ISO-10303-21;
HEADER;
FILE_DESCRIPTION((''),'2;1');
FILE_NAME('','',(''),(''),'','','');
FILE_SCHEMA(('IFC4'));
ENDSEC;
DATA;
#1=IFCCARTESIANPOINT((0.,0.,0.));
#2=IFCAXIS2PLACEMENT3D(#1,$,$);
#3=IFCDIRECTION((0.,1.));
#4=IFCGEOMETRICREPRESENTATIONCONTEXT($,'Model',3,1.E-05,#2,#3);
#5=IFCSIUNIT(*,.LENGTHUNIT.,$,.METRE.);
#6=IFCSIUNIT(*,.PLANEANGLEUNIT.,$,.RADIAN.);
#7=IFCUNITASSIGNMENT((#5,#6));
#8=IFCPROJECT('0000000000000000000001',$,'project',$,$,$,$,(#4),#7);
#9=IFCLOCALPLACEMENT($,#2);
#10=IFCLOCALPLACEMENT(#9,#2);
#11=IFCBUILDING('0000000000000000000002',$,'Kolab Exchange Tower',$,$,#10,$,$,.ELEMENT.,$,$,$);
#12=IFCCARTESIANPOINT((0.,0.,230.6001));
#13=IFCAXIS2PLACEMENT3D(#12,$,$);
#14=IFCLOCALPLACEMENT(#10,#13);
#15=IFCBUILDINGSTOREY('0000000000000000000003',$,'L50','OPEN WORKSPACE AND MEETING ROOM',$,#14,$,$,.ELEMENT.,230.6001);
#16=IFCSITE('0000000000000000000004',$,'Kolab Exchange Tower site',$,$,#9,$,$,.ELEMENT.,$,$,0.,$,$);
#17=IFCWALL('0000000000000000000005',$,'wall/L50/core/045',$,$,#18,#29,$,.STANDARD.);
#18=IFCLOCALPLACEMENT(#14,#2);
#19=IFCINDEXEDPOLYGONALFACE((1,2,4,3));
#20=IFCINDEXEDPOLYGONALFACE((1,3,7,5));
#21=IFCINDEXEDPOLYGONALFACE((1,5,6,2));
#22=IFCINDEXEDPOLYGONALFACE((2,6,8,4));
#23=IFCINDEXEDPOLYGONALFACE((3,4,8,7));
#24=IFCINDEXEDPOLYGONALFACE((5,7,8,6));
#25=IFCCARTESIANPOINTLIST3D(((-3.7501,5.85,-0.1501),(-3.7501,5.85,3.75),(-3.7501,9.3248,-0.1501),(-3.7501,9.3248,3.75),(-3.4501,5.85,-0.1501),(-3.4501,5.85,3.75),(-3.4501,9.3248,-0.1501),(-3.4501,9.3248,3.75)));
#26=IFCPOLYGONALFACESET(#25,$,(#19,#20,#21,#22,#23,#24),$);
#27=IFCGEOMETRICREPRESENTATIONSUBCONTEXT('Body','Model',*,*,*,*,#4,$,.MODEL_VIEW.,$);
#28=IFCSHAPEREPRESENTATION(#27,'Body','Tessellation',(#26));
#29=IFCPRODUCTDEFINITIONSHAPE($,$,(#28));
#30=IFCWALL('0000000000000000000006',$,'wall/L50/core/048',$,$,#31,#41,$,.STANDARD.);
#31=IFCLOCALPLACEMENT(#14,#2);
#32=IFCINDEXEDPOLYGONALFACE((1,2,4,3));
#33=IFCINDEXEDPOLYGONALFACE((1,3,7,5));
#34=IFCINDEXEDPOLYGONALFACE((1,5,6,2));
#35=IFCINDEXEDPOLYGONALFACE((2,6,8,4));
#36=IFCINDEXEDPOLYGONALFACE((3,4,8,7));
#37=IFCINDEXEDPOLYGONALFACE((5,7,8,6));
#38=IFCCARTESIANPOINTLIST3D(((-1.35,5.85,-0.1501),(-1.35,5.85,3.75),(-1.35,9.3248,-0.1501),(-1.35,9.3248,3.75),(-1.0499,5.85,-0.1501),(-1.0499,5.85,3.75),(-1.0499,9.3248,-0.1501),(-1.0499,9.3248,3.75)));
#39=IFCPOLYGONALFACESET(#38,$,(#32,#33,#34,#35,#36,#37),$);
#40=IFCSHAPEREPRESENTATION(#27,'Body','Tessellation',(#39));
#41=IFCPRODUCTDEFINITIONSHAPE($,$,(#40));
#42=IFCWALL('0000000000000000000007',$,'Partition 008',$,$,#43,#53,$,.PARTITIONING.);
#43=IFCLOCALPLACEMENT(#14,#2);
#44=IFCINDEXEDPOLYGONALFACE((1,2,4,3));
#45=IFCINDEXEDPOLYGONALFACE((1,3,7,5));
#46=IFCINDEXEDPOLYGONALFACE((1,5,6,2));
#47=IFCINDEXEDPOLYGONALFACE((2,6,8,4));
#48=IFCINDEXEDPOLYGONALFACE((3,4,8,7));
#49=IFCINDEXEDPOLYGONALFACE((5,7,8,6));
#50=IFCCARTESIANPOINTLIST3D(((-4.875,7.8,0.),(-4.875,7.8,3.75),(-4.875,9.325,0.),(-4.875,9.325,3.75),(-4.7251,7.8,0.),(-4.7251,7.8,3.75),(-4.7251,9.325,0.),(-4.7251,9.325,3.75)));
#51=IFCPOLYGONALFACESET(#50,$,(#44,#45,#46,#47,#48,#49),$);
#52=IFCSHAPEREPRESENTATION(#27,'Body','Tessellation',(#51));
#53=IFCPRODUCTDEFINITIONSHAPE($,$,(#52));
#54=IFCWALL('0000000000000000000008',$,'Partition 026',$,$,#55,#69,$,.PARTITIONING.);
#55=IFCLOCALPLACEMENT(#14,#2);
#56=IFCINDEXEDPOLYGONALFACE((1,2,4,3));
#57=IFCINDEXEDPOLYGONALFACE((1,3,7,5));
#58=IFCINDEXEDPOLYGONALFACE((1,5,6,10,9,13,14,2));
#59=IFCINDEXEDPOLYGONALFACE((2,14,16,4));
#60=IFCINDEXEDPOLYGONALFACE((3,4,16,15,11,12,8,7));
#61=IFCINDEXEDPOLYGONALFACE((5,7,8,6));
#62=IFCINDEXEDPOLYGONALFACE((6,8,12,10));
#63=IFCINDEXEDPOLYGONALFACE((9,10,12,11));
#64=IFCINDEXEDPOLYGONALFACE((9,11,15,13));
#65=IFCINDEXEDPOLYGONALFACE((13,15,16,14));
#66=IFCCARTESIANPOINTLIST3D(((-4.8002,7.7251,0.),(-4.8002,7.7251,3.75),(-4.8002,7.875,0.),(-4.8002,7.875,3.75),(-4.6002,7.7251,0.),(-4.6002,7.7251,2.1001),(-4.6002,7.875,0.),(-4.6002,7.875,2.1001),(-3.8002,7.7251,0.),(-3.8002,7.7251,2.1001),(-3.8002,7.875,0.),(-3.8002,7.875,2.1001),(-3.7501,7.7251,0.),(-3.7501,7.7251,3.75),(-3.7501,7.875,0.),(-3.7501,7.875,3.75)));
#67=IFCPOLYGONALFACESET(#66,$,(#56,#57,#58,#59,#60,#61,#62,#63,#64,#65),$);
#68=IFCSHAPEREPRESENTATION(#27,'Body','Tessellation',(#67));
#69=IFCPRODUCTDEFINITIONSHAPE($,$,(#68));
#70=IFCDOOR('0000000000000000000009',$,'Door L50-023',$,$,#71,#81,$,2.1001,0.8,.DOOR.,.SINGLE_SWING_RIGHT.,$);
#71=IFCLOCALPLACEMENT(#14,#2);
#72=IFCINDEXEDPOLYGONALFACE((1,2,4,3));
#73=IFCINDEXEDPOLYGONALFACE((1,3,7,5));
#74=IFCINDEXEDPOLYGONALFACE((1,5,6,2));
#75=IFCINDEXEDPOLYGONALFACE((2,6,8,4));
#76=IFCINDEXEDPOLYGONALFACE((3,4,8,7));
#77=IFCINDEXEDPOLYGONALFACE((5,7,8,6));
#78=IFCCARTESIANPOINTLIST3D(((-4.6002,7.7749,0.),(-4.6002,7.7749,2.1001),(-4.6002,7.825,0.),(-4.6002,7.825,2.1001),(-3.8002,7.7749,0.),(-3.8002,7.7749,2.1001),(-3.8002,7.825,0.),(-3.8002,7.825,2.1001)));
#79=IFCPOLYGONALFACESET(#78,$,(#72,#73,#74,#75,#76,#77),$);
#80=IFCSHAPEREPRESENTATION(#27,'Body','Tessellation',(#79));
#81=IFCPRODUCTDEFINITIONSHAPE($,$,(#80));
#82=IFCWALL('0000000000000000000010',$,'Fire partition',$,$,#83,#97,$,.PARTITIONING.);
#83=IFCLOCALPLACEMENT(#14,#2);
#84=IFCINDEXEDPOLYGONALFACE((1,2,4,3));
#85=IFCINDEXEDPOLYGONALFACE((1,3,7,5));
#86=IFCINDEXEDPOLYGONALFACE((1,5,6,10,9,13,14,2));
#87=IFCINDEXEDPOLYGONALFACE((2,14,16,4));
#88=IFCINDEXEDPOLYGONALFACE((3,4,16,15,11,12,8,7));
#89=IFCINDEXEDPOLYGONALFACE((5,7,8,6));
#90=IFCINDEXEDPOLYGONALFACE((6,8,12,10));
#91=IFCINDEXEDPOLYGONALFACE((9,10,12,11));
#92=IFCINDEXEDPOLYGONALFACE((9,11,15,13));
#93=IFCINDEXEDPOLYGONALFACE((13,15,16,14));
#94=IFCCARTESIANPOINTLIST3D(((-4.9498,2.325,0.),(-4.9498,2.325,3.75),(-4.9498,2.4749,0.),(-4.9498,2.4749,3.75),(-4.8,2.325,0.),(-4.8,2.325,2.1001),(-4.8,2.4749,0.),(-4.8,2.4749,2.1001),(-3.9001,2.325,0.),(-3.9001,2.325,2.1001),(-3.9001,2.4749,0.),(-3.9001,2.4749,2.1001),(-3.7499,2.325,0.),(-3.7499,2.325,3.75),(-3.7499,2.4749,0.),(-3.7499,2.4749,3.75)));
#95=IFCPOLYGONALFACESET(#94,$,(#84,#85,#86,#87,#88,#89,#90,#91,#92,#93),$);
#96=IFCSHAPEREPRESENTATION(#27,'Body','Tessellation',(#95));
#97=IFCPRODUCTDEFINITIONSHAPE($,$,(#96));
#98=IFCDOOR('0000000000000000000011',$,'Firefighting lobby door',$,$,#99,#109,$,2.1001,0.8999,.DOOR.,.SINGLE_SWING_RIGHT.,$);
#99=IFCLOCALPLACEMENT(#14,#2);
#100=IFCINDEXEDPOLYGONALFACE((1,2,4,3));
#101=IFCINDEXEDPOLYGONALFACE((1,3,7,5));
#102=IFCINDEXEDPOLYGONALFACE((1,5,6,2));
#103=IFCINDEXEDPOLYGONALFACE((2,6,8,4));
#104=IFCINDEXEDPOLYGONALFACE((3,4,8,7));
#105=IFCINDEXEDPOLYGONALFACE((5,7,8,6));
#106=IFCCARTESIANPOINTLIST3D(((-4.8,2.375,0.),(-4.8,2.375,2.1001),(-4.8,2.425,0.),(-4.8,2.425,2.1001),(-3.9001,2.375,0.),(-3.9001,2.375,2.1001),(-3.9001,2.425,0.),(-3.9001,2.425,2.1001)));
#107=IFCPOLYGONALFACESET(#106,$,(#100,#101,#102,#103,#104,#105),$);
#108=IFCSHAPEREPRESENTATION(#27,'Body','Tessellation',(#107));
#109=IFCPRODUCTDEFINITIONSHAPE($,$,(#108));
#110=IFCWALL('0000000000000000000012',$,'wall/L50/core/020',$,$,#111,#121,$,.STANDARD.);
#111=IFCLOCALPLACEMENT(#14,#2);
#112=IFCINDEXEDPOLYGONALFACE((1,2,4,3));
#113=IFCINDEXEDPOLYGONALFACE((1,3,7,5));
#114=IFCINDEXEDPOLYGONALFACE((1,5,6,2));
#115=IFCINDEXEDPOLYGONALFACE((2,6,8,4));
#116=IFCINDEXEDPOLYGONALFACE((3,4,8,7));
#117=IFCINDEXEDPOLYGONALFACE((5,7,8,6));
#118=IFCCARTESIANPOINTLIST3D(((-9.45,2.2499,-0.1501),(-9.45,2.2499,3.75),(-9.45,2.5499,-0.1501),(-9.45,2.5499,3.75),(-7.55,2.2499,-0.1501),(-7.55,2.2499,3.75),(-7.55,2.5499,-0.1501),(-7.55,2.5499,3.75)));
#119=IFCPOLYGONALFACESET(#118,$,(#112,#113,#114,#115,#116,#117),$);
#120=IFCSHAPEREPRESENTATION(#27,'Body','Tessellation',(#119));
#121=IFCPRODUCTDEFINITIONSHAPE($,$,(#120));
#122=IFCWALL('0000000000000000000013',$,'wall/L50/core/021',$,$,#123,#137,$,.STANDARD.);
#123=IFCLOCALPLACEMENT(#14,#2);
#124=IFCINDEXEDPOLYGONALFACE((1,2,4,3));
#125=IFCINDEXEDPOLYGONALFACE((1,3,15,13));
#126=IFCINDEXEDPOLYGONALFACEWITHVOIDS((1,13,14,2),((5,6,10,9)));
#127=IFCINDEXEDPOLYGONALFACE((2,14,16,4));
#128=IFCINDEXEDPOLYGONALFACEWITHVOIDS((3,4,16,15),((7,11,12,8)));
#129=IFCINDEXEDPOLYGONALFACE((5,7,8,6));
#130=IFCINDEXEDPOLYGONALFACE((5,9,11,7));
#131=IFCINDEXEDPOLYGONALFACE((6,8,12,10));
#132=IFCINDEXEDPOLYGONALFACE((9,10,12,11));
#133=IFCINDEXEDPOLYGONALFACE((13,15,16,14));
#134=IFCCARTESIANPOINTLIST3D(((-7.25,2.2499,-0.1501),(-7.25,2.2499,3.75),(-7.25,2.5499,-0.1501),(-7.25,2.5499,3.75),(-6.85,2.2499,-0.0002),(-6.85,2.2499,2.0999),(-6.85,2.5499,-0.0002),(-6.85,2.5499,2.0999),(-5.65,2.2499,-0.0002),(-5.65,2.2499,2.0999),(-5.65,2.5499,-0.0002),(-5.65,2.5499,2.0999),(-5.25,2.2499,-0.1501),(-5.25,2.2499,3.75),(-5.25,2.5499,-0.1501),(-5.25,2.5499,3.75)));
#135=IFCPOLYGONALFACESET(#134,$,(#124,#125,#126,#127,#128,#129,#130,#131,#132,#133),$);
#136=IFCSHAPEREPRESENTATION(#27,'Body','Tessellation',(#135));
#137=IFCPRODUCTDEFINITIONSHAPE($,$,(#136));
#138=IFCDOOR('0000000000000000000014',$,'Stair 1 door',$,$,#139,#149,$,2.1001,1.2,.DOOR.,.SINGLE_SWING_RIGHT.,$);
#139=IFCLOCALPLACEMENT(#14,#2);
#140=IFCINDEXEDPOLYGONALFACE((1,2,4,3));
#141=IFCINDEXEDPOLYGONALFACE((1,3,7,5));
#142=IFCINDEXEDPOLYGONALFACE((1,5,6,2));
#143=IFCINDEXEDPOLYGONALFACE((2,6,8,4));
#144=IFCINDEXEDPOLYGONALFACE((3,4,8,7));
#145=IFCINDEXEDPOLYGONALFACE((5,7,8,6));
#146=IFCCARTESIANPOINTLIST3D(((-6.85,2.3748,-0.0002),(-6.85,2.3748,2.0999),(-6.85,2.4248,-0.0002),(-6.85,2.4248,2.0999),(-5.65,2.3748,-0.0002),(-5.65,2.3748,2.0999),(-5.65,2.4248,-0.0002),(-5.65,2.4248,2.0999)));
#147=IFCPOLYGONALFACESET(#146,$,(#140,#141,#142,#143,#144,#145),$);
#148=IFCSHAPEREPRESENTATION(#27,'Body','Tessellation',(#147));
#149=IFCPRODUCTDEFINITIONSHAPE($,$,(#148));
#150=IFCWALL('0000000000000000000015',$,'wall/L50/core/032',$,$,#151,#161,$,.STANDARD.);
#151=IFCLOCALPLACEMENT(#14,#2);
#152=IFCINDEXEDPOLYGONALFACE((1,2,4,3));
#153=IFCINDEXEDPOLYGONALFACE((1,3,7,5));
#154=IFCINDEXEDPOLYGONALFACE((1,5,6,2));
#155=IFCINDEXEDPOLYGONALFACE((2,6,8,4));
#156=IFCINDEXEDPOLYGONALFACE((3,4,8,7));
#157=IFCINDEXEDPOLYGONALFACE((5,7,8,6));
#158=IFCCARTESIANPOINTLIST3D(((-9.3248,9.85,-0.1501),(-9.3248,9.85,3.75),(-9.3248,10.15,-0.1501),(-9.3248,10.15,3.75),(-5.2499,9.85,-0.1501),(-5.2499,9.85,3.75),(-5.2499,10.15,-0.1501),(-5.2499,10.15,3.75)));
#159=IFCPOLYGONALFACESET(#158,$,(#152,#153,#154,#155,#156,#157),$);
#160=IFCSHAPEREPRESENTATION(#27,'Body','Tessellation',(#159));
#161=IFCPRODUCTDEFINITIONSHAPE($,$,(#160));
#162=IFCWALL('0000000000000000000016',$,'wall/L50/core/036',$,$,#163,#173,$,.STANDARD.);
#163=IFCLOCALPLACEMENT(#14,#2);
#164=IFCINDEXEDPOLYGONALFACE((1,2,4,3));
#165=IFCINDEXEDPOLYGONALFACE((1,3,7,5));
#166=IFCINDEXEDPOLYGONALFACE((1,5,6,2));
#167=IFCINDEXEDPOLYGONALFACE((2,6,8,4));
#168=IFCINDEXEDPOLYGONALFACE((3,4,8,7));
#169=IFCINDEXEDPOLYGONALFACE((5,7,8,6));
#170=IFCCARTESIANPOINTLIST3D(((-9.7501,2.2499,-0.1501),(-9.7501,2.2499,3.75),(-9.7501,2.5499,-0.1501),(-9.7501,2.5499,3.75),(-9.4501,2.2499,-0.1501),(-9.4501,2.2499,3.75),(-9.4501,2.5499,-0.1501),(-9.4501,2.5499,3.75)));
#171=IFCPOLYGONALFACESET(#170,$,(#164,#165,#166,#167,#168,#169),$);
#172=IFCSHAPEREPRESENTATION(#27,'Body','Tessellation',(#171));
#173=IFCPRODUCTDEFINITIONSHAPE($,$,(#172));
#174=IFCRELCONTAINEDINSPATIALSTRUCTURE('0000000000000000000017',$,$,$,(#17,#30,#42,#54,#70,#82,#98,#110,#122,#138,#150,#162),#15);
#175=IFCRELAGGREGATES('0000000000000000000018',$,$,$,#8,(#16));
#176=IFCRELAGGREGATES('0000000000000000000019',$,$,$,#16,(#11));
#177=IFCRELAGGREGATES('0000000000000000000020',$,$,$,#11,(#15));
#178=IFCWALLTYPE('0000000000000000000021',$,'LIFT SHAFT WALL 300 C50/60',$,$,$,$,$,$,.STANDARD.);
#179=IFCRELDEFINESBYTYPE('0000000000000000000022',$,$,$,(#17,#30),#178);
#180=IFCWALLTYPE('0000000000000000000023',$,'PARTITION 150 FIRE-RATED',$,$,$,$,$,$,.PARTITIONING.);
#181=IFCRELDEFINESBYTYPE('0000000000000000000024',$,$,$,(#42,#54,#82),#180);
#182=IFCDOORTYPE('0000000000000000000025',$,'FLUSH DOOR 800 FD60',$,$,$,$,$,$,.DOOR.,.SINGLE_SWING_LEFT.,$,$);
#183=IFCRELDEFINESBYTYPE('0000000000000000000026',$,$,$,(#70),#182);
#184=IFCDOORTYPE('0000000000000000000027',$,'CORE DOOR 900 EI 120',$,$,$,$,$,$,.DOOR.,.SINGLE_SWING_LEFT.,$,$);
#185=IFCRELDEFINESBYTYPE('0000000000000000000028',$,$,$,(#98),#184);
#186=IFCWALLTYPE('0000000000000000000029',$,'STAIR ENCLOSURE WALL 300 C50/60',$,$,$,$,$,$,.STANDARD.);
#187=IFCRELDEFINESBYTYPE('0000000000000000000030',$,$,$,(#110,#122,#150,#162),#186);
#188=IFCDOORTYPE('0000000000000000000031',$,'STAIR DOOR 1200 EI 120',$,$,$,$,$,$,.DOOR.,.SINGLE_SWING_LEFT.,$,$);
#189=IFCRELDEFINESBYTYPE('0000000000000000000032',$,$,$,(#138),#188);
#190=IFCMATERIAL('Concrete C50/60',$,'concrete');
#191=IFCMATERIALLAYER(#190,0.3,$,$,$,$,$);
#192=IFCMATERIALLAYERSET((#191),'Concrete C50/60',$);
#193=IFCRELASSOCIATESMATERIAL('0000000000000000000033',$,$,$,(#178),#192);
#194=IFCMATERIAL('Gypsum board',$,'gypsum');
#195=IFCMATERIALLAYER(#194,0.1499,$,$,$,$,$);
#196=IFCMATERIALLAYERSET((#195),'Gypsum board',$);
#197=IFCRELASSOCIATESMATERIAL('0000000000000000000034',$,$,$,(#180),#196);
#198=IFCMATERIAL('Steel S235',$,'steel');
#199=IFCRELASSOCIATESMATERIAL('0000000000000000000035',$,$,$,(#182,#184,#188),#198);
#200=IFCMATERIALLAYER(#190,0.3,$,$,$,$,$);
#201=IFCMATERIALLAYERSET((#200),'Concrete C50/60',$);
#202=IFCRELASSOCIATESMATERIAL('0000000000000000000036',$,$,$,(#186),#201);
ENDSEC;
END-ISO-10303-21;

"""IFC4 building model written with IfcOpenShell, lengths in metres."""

from ifc_helpers import new_model, si_unit, direction, frame, frame_2d, origin, place, context, subcontext, project, spatial, rectangle, extrude, material, layer, layer_set, type_object, element, fill, save


model = new_model("IFC4")

# Units and contexts
model_context = context("Model", 3, precision=1e-05, world=origin(), true_north=direction((0.0, 1.0)))
body_context = subcontext(model_context, "Body", "Model", "MODEL_VIEW")
ifc_project = project(units=[si_unit("LENGTHUNIT", "METRE"), si_unit("PLANEANGLEUNIT", "RADIAN")], contexts=[model_context])

# Site, building, storey
site_placement = place(None, origin())
site = spatial("IfcSite", under=ifc_project, at=site_placement, Name="Kolab Exchange Tower site", CompositionType="ELEMENT", RefElevation=0.0)
building_placement = place(site_placement, origin())
building = spatial("IfcBuilding", under=site, at=building_placement, Name="Kolab Exchange Tower", CompositionType="ELEMENT")
storey_placement = place(building_placement, frame((0.0, 0.0, 230.6001)))
storey = spatial("IfcBuildingStorey", under=building, at=storey_placement, Name="L50", Description="OPEN WORKSPACE AND MEETING ROOM", CompositionType="ELEMENT", Elevation=230.6001)

# Shared definitions
ifc_material_1 = material(Name="Concrete C50/60", Category="concrete")
ifc_material_2 = material(Name="Steel S235", Category="steel")

# Shared definitions
ifc_layer_1 = layer(ifc_material_1, 0.3)
ifc_layer_set_1 = layer_set([ifc_layer_1], Name="Concrete C50/60")
wall_type_1 = type_object("IfcWallType", Name="LIFT SHAFT WALL 300 C50/60", PredefinedType="STANDARD", material=ifc_layer_set_1)

# Walls
for number, where, z_axis, x_axis, name in (
    (1, (-3.6001, 5.8501, -0.1501), (0.0, 0.0, 1.0), (0.0, 1.0, 0.0), "wall/L50/core/045"),
    (2, (-1.2, 5.8501, -0.1501), (0.0, 0.0, 1.0), (0.0, 1.0, 0.0), "wall/L50/core/048"),
):
    element("IfcWall", number, at=place(storey_placement, frame(where, z_axis=z_axis, x_axis=x_axis)), inside=storey, type_object=wall_type_1, Name=name, PredefinedType="STANDARD", context=body_context, shape_type="SweptSolid", body=[
        extrude(rectangle(XDim=3.4749, YDim=0.3, at=frame_2d((1.7373, 0.0))), origin(), (0.0, 0.0, 1.0), 3.9001),
    ])
ifc_material_3 = material(Name="Gypsum board", Category="gypsum")
ifc_layer_2 = layer(ifc_material_3, 0.1499)
ifc_layer_set_2 = layer_set([ifc_layer_2], Name="Gypsum board")
wall_type_2 = type_object("IfcWallType", Name="PARTITION 150 FIRE-RATED", PredefinedType="PARTITIONING", material=ifc_layer_set_2)
wall_1_placement = place(storey_placement, frame((-4.8, 7.8, 0.0), z_axis=(0.0, 0.0, 1.0), x_axis=(0.0, 1.0, 0.0)))
element("IfcWall", 3, at=wall_1_placement, inside=storey, type_object=wall_type_2, Name="Partition 008", PredefinedType="PARTITIONING", context=body_context, shape_type="SweptSolid", body=[
    extrude(rectangle(XDim=1.5249, YDim=0.1499, at=frame_2d((0.7625, 0.0))), origin(), (0.0, 0.0, 1.0), 3.75),
])

# Walls, openings, doors
wall_2_placement = place(storey_placement, frame((-4.8, 7.8, 0.0), z_axis=(0.0, 0.0, 1.0), x_axis=(1.0, 0.0, 0.0)))
wall_2 = element("IfcWall", 4, at=wall_2_placement, inside=storey, type_object=wall_type_2, Name="Partition 026", PredefinedType="PARTITIONING", context=body_context, shape_type="SweptSolid", body=[
    extrude(rectangle(XDim=1.05, YDim=0.1499, at=frame_2d((0.5249, 0.0))), origin(), (0.0, 0.0, 1.0), 3.75),
])
opening_1_placement = place(wall_2_placement, frame((0.2, 0.0, 0.0)))
opening_1 = element("IfcOpeningElement", 5, at=opening_1_placement, cuts=wall_2, PredefinedType="OPENING", context=body_context, shape_type="SweptSolid", body=[
    extrude(rectangle(XDim=0.8, YDim=2.1001, at=frame_2d((0.3999, 1.05))), frame((0.0, 0.085, 0.0), z_axis=(0.0, -1.0, 0.0), x_axis=(1.0, 0.0, 0.0)), (0.0, 0.0, 1.0), 0.1699),
])
door_type_1 = type_object("IfcDoorType", Name="FLUSH DOOR 800 FD60", OperationType="SINGLE_SWING_LEFT", PredefinedType="DOOR", material=ifc_material_2)
door_1_placement = place(opening_1_placement, origin())
door_1 = element("IfcDoor", 6, at=door_1_placement, inside=storey, type_object=door_type_1, Name="Door L50-023", OperationType="SINGLE_SWING_RIGHT", OverallHeight=2.1001, OverallWidth=0.8, PredefinedType="DOOR", context=body_context, shape_type="SweptSolid", body=[
    extrude(rectangle(XDim=0.8, YDim=2.1001, at=frame_2d((0.3999, 1.05))), frame((0.0, 0.0249, 0.0), z_axis=(0.0, -1.0, 0.0), x_axis=(1.0, 0.0, 0.0)), (0.0, 0.0, 1.0), 0.05),
])
fill(opening_1, door_1)
wall_3_placement = place(storey_placement, frame((-4.95, 2.3999, 0.0), z_axis=(0.0, 0.0, 1.0), x_axis=(1.0, 0.0, 0.0)))
wall_3 = element("IfcWall", 7, at=wall_3_placement, inside=storey, type_object=wall_type_2, Name="Fire partition", PredefinedType="PARTITIONING", context=body_context, shape_type="SweptSolid", body=[
    extrude(rectangle(XDim=1.2, YDim=0.1499, at=frame_2d((0.6001, 0.0))), origin(), (0.0, 0.0, 1.0), 3.75),
])
opening_2_placement = place(wall_3_placement, frame((0.1499, 0.0, 0.0)))
opening_2 = element("IfcOpeningElement", 8, at=opening_2_placement, cuts=wall_3, PredefinedType="OPENING", context=body_context, shape_type="SweptSolid", body=[
    extrude(rectangle(XDim=0.8999, YDim=2.1001, at=frame_2d((0.45, 1.05))), frame((0.0, 0.085, 0.0), z_axis=(0.0, -1.0, 0.0), x_axis=(1.0, 0.0, 0.0)), (0.0, 0.0, 1.0), 0.1699),
])
door_type_2 = type_object("IfcDoorType", Name="CORE DOOR 900 EI 120", OperationType="SINGLE_SWING_LEFT", PredefinedType="DOOR", material=ifc_material_2)
door_2_placement = place(opening_2_placement, frame((0.8999, 0.0, 0.0), z_axis=(0.0, 0.0, 1.0), x_axis=(-1.0, 0.0, 0.0)))
door_2 = element("IfcDoor", 9, at=door_2_placement, inside=storey, type_object=door_type_2, Name="Firefighting lobby door", OperationType="SINGLE_SWING_RIGHT", OverallHeight=2.1001, OverallWidth=0.8999, PredefinedType="DOOR", context=body_context, shape_type="SweptSolid", body=[
    extrude(rectangle(XDim=0.8999, YDim=2.1001, at=frame_2d((0.45, 1.05))), frame((0.0, 0.0249, 0.0), z_axis=(0.0, -1.0, 0.0), x_axis=(1.0, 0.0, 0.0)), (0.0, 0.0, 1.0), 0.05),
])
fill(opening_2, door_2)

# Wall
ifc_layer_3 = layer(ifc_material_1, 0.3)
ifc_layer_set_3 = layer_set([ifc_layer_3], Name="Concrete C50/60")
wall_type_3 = type_object("IfcWallType", Name="STAIR ENCLOSURE WALL 300 C50/60", PredefinedType="STANDARD", material=ifc_layer_set_3)
wall_4_placement = place(storey_placement, frame((-9.45, 2.3999, -0.1501), z_axis=(0.0, 0.0, 1.0), x_axis=(1.0, 0.0, 0.0)))
element("IfcWall", 10, at=wall_4_placement, inside=storey, type_object=wall_type_3, Name="wall/L50/core/020", PredefinedType="STANDARD", context=body_context, shape_type="SweptSolid", body=[
    extrude(rectangle(XDim=1.8999, YDim=0.3, at=frame_2d((0.95, 0.0))), origin(), (0.0, 0.0, 1.0), 3.9001),
])

# Wall, opening, door
wall_5_placement = place(storey_placement, frame((-7.25, 2.3999, -0.1501), z_axis=(0.0, 0.0, 1.0), x_axis=(1.0, 0.0, 0.0)))
wall_5 = element("IfcWall", 11, at=wall_5_placement, inside=storey, type_object=wall_type_3, Name="wall/L50/core/021", PredefinedType="STANDARD", context=body_context, shape_type="SweptSolid", body=[
    extrude(rectangle(XDim=2.0, YDim=0.3, at=frame_2d((1.0, 0.0))), origin(), (0.0, 0.0, 1.0), 3.9001),
])
opening_3_placement = place(wall_5_placement, frame((0.3999, 0.0, 0.1499)))
opening_3 = element("IfcOpeningElement", 12, at=opening_3_placement, cuts=wall_5, PredefinedType="OPENING", context=body_context, shape_type="SweptSolid", body=[
    extrude(rectangle(XDim=1.2, YDim=2.1001, at=frame_2d((0.6001, 1.05))), frame((0.0, 0.1602, 0.0), z_axis=(0.0, -1.0, 0.0), x_axis=(1.0, 0.0, 0.0)), (0.0, 0.0, 1.0), 0.3201),
])
door_type_3 = type_object("IfcDoorType", Name="STAIR DOOR 1200 EI 120", OperationType="SINGLE_SWING_LEFT", PredefinedType="DOOR", material=ifc_material_2)
door_3_placement = place(opening_3_placement, origin())
door_3 = element("IfcDoor", 13, at=door_3_placement, inside=storey, type_object=door_type_3, Name="Stair 1 door", OperationType="SINGLE_SWING_RIGHT", OverallHeight=2.1001, OverallWidth=1.2, PredefinedType="DOOR", context=body_context, shape_type="SweptSolid", body=[
    extrude(rectangle(XDim=1.2, YDim=2.1001, at=frame_2d((0.6001, 1.05))), frame((0.0, 0.0249, 0.0), z_axis=(0.0, -1.0, 0.0), x_axis=(1.0, 0.0, 0.0)), (0.0, 0.0, 1.0), 0.05),
])
fill(opening_3, door_3)

# Walls
wall_6_placement = place(storey_placement, frame((-9.325, 10.0, -0.1501), z_axis=(0.0, 0.0, 1.0), x_axis=(1.0, 0.0, 0.0)))
element("IfcWall", 14, at=wall_6_placement, inside=storey, type_object=wall_type_3, Name="wall/L50/core/032", PredefinedType="STANDARD", context=body_context, shape_type="SweptSolid", body=[
    extrude(rectangle(XDim=4.075, YDim=0.3, at=frame_2d((2.0376, 0.0))), origin(), (0.0, 0.0, 1.0), 3.9001),
])
wall_7_placement = place(storey_placement, frame((-9.6001, 2.25, -0.1501), z_axis=(0.0, 0.0, 1.0), x_axis=(0.0, 1.0, 0.0)))
element("IfcWall", 15, at=wall_7_placement, inside=storey, type_object=wall_type_3, Name="wall/L50/core/036", PredefinedType="STANDARD", context=body_context, shape_type="SweptSolid", body=[
    extrude(rectangle(XDim=0.3, YDim=0.3, at=frame_2d((0.1499, 0.0))), origin(), (0.0, 0.0, 1.0), 3.9001),
])

save(model, "model.ifc")
